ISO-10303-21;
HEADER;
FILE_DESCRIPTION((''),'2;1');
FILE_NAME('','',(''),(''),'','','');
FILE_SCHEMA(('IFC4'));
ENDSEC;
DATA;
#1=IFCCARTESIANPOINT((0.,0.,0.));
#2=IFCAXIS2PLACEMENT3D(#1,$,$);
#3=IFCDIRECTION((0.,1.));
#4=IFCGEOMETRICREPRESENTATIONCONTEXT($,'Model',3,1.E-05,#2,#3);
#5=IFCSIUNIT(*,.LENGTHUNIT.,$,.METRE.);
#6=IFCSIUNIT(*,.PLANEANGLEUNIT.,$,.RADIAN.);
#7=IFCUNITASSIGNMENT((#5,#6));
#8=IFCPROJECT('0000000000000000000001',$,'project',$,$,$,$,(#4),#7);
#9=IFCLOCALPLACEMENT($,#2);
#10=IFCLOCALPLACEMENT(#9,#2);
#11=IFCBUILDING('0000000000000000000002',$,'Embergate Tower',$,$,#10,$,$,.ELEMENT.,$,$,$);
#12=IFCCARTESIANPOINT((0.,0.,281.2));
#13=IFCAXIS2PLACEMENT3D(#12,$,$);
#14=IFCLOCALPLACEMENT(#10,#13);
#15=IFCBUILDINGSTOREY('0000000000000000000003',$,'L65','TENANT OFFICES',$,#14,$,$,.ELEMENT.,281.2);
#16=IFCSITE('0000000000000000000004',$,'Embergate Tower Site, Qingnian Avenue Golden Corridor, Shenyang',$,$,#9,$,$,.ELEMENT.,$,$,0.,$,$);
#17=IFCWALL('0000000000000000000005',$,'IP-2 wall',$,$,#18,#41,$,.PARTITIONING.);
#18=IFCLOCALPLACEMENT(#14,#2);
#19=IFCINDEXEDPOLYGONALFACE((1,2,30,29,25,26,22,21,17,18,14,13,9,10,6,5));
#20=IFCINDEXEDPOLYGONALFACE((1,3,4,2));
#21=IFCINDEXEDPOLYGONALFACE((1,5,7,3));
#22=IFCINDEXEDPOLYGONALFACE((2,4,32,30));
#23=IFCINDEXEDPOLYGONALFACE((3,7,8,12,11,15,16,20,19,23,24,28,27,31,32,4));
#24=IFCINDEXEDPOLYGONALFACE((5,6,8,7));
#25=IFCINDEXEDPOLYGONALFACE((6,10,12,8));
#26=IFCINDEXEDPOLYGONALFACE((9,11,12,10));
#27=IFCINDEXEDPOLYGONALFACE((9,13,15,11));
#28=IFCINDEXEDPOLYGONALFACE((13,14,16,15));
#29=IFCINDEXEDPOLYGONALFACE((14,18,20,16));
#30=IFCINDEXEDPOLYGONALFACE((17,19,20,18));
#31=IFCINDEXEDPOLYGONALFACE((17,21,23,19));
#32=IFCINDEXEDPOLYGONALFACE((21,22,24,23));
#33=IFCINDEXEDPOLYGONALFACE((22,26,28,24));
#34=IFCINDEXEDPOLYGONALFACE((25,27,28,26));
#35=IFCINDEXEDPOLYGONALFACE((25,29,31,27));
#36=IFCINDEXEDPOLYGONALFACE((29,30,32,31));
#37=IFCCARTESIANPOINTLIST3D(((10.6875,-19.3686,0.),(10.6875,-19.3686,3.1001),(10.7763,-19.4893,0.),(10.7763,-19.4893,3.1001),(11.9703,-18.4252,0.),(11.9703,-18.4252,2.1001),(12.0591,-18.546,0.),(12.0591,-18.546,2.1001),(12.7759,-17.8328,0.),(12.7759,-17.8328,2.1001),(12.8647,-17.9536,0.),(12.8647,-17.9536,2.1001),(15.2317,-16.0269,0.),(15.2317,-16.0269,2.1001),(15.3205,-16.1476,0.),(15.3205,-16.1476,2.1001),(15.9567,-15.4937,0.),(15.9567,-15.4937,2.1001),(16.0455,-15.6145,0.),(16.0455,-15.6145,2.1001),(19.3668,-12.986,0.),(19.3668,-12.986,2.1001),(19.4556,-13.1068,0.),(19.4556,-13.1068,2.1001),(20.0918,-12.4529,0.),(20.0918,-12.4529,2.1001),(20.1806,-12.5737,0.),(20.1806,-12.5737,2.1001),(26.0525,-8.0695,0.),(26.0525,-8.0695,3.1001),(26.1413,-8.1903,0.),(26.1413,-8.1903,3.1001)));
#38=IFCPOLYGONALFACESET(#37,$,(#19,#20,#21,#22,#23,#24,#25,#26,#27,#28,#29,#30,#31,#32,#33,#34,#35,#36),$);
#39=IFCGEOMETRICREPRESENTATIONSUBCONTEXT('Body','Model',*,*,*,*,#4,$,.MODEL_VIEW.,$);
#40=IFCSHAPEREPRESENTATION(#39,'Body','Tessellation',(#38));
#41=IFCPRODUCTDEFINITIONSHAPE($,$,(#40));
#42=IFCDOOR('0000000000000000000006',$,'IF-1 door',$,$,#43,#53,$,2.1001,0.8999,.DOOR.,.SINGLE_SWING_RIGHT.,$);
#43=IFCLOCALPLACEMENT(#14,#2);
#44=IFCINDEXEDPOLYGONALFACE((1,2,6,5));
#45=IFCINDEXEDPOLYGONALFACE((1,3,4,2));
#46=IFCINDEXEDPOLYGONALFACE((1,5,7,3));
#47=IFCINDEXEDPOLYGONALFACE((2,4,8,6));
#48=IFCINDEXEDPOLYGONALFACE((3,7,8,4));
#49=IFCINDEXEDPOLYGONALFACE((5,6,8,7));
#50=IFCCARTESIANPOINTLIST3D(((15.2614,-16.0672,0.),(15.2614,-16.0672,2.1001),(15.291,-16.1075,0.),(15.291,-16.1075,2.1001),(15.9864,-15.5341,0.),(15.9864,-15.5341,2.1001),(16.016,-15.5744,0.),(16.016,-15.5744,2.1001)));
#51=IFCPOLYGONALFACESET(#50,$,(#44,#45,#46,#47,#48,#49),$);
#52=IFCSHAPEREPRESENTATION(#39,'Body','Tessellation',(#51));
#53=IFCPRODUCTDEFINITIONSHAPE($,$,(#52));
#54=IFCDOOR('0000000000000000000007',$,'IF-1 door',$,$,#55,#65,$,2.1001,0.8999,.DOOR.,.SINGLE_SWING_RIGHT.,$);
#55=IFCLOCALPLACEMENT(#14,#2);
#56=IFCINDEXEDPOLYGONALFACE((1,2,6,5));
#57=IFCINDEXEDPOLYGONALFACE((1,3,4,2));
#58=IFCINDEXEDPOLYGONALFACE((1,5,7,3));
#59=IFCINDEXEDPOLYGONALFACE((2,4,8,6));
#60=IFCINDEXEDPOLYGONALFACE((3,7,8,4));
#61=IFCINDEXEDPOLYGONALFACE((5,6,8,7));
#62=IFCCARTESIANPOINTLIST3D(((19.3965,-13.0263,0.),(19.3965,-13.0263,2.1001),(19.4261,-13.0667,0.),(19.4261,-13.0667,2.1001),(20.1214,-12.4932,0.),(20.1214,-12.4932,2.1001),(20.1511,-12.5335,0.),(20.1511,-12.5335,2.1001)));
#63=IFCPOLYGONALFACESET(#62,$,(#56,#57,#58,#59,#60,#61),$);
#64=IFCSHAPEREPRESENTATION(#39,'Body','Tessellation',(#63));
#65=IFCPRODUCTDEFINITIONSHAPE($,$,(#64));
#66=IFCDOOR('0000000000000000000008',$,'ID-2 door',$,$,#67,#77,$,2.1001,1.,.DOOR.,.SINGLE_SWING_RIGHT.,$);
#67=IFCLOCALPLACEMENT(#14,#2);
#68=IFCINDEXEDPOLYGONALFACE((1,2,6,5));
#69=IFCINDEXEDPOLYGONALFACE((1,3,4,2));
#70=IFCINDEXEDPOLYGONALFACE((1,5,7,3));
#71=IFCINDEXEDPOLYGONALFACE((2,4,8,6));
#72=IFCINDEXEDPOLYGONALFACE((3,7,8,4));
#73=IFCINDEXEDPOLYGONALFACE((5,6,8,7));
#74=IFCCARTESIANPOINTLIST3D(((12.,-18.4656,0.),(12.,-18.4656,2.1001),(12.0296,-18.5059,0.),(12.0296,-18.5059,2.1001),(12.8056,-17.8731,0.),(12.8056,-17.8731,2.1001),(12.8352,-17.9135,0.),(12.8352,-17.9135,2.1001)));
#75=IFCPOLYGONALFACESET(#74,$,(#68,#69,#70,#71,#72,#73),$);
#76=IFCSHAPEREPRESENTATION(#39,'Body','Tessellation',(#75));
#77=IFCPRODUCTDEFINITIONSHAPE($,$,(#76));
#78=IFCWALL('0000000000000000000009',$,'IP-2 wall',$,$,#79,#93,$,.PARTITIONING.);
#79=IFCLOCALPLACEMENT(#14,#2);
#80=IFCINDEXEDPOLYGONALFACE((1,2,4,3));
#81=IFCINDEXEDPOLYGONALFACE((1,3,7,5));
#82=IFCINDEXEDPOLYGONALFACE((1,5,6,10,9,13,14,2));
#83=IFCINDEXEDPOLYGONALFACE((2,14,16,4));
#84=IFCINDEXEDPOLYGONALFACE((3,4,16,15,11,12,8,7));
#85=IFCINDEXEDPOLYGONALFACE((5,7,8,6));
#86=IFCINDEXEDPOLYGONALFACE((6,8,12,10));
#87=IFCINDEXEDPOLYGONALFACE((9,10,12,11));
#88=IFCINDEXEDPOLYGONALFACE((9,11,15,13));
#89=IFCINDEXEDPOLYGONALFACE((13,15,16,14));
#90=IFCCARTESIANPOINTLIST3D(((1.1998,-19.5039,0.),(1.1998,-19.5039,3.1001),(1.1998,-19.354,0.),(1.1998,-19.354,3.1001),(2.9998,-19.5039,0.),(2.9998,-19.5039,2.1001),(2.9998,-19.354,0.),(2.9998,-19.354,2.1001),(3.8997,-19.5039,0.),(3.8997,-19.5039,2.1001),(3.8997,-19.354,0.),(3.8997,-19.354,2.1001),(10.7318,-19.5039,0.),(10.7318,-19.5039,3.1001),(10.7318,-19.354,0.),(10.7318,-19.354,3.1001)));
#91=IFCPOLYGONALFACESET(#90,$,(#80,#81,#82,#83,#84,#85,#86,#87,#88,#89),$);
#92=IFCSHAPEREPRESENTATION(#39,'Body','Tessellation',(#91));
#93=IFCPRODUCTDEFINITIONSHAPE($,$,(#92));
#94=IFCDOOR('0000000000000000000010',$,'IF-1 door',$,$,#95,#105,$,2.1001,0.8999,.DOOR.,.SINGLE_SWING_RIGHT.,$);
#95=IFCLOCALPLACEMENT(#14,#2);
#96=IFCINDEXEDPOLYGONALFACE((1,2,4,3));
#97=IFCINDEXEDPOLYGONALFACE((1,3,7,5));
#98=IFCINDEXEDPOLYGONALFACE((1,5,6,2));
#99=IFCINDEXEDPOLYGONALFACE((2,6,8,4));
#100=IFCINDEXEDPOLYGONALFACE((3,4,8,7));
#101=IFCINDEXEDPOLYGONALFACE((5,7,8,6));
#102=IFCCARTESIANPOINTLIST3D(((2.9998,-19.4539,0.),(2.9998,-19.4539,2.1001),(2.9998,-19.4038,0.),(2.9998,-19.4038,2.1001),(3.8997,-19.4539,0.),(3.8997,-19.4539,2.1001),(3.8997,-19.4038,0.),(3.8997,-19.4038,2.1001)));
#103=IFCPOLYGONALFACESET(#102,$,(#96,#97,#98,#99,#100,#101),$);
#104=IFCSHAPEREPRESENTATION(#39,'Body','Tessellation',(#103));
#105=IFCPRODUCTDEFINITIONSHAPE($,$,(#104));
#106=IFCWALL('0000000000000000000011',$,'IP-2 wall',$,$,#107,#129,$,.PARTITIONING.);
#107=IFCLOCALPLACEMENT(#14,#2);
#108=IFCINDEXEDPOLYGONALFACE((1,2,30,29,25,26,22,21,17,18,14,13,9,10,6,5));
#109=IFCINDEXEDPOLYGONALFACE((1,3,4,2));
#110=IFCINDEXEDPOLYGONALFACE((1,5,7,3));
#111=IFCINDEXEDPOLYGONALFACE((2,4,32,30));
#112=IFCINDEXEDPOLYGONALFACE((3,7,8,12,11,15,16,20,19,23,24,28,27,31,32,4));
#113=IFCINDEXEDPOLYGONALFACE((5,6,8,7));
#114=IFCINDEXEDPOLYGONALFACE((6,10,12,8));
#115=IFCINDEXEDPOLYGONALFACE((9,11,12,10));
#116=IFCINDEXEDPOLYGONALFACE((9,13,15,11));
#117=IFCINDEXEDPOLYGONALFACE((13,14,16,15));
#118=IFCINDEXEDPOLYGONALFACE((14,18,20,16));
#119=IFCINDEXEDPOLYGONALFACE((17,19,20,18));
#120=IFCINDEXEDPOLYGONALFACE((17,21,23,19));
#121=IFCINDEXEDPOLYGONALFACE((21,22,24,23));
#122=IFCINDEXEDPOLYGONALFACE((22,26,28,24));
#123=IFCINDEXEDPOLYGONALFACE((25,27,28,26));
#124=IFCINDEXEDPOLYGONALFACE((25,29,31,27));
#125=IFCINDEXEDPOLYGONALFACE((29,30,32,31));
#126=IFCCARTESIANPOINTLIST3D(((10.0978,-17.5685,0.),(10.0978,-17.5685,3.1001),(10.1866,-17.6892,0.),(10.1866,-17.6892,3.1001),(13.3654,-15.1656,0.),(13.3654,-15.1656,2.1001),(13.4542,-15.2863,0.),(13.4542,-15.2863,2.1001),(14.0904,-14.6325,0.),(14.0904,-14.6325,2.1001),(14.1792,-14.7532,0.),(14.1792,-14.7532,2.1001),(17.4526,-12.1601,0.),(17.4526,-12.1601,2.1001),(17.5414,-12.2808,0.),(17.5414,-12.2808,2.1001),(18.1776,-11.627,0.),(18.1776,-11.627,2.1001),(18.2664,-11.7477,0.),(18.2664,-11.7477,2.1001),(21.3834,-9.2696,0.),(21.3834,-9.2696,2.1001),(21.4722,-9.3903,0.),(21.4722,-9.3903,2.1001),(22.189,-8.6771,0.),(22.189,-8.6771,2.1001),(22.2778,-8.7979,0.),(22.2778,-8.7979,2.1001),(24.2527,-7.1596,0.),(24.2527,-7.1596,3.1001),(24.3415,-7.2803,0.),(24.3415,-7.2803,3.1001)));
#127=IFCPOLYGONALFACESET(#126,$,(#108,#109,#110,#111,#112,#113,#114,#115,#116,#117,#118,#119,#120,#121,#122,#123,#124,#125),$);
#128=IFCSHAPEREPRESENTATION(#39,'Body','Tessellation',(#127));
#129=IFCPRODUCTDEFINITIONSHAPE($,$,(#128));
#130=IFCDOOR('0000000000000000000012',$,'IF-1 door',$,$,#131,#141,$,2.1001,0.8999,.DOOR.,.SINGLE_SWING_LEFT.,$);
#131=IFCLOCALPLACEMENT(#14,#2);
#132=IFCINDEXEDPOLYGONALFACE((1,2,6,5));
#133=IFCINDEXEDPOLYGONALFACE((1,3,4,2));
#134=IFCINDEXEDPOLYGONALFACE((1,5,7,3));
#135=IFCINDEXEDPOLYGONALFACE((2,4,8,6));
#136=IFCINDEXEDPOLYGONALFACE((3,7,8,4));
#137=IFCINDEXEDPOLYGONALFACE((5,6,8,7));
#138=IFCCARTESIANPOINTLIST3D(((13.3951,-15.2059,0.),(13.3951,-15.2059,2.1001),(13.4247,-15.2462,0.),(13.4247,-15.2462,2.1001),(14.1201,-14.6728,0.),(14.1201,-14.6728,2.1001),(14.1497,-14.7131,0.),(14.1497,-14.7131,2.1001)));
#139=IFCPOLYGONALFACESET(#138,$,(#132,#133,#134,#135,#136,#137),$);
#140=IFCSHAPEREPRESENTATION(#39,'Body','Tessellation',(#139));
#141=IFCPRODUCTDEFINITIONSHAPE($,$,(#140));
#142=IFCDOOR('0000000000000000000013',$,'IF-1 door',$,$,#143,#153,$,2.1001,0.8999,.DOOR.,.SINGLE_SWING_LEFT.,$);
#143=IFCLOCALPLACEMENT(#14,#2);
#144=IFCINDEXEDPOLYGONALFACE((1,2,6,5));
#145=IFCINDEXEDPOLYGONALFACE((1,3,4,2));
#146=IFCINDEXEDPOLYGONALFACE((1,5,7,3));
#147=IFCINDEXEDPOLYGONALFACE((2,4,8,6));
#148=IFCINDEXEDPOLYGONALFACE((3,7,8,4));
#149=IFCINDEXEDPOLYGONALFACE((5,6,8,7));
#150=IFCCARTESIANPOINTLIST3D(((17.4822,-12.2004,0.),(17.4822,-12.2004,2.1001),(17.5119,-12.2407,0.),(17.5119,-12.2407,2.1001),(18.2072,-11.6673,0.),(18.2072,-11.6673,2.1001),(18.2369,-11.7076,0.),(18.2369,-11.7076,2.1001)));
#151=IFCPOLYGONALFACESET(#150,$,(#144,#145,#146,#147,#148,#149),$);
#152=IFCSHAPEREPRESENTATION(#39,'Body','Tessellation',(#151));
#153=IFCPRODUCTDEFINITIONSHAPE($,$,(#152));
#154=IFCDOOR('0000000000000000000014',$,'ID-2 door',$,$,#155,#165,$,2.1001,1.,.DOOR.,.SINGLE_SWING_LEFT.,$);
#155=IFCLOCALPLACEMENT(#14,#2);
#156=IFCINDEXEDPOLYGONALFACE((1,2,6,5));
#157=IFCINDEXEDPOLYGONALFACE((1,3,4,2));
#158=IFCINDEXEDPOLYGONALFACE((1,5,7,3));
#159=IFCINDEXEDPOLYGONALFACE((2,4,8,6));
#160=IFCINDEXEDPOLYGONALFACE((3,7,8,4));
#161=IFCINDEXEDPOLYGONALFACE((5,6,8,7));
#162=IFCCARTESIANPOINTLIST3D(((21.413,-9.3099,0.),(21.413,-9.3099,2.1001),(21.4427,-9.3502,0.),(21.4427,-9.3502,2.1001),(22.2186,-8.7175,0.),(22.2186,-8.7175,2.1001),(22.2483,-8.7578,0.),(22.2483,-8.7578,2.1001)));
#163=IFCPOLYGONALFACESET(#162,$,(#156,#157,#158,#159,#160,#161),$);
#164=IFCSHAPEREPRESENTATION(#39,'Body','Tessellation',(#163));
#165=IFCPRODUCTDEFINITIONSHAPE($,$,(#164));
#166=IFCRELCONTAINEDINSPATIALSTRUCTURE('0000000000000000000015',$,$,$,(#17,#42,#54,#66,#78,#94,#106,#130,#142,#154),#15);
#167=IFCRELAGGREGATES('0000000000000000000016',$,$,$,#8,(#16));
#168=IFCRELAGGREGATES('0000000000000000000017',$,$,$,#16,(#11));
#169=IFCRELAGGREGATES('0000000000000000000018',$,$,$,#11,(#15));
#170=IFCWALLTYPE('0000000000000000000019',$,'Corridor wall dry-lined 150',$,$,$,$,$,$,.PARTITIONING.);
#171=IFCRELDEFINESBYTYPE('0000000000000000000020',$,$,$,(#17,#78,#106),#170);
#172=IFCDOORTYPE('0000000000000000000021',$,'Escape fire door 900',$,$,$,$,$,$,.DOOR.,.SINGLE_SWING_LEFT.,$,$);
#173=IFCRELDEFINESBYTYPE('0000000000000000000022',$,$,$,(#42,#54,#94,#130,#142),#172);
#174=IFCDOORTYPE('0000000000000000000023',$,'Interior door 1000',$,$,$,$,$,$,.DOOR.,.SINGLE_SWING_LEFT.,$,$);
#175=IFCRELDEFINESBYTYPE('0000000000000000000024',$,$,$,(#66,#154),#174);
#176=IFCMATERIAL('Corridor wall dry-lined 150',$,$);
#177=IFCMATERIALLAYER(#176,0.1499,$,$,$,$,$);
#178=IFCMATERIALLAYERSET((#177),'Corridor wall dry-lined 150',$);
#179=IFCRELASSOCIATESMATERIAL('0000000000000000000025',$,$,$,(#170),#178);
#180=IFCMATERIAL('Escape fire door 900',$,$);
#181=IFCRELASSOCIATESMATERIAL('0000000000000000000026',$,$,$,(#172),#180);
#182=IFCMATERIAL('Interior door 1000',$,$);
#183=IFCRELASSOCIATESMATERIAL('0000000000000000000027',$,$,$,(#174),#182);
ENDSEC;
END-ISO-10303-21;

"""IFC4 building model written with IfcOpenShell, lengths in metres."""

from ifc_helpers import new_model, si_unit, direction, frame, frame_2d, origin, place, context, subcontext, project, spatial, rectangle, extrude, source, transform, mapped, material, layer, layer_set, type_object, element, fill, save


model = new_model("IFC4")

# Units and contexts
model_context = context("Model", 3, precision=1e-05, world=origin(), true_north=direction((0.0, 1.0)))
body_context = subcontext(model_context, "Body", "Model", "MODEL_VIEW")
ifc_project = project(units=[si_unit("LENGTHUNIT", "METRE"), si_unit("PLANEANGLEUNIT", "RADIAN")], contexts=[model_context])

# Site, building, storey
site_placement = place(None, origin())
site = spatial("IfcSite", under=ifc_project, at=site_placement, Name="Embergate Tower Site, Qingnian Avenue Golden Corridor, Shenyang", CompositionType="ELEMENT", RefElevation=0.0)
building_placement = place(site_placement, origin())
building = spatial("IfcBuilding", under=site, at=building_placement, Name="Embergate Tower", CompositionType="ELEMENT")
storey_placement = place(building_placement, frame((0.0, 0.0, 281.2)))
storey = spatial("IfcBuildingStorey", under=building, at=storey_placement, Name="L65", Description="TENANT OFFICES", CompositionType="ELEMENT", Elevation=281.2)

# Shared definitions
ifc_material_1 = material(Name="Corridor wall dry-lined 150")
ifc_layer_1 = layer(ifc_material_1, 0.1499)
ifc_layer_set_1 = layer_set([ifc_layer_1], Name="Corridor wall dry-lined 150")
wall_type_1 = type_object("IfcWallType", Name="Corridor wall dry-lined 150", PredefinedType="PARTITIONING", material=ifc_layer_set_1)

# Wall, openings, doors
shared_shape_1 = source(origin(), body_context, "Body", "SweptSolid", [
    extrude(rectangle(XDim=19.0723, YDim=0.1499, at=frame_2d((9.5361, 0.0))), origin(), (0.0, 0.0, 1.0), 3.1001),
])
wall_1_placement = place(storey_placement, frame((10.7319, -19.429, 0.0), z_axis=(0.0, 0.0, 1.0), x_axis=(0.805619, 0.592434, 0.0)))
wall_1 = element("IfcWall", 1, at=wall_1_placement, inside=storey, type_object=wall_type_1, Name="IP-2 wall", PredefinedType="PARTITIONING", context=body_context, shape_type="MappedRepresentation", body=[
    mapped(shared_shape_1, transform((0.0, 0.0, 0.0))),
])
shared_shape_2 = source(origin(), body_context, "Body", "SweptSolid", [
    extrude(rectangle(XDim=1.0, YDim=2.1001, at=frame_2d((0.5, 1.05))), frame((0.0, 0.085, 0.0), z_axis=(0.0, -1.0, 0.0), x_axis=(1.0, 0.0, 0.0)), (0.0, 0.0, 1.0), 0.1699),
])
opening_1_placement = place(wall_1_placement, frame((1.5923, 0.0, 0.0)))
opening_1 = element("IfcOpeningElement", 2, at=opening_1_placement, cuts=wall_1, PredefinedType="OPENING", context=body_context, shape_type="MappedRepresentation", body=[
    mapped(shared_shape_2, transform((0.0, 0.0, 0.0))),
])
shared_shape_3 = source(origin(), body_context, "Body", "SweptSolid", [
    extrude(rectangle(XDim=0.8999, YDim=2.1001, at=frame_2d((0.45, 1.05))), frame((0.0, 0.085, 0.0), z_axis=(0.0, -1.0, 0.0), x_axis=(1.0, 0.0, 0.0)), (0.0, 0.0, 1.0), 0.1699),
])
opening_2_placement = place(wall_1_placement, frame((5.6406, 0.0, 0.0)))
opening_2 = element("IfcOpeningElement", 3, at=opening_2_placement, cuts=wall_1, PredefinedType="OPENING", context=body_context, shape_type="MappedRepresentation", body=[
    mapped(shared_shape_3, transform((0.0, 0.0, 0.0))),
])
opening_3_placement = place(wall_1_placement, frame((10.7734, 0.0, 0.0)))
opening_3 = element("IfcOpeningElement", 4, at=opening_3_placement, cuts=wall_1, PredefinedType="OPENING", context=body_context, shape_type="MappedRepresentation", body=[
    mapped(shared_shape_3, transform((0.0, 0.0, 0.0))),
])
ifc_material_2 = material(Name="Escape fire door 900")
door_type_1 = type_object("IfcDoorType", Name="Escape fire door 900", OperationType="SINGLE_SWING_LEFT", PredefinedType="DOOR", material=ifc_material_2)
shared_shape_4 = source(origin(), body_context, "Body", "SweptSolid", [
    extrude(rectangle(XDim=0.8999, YDim=2.1001, at=frame_2d((0.45, 1.05))), frame((0.0, 0.0249, 0.0), z_axis=(0.0, -1.0, 0.0), x_axis=(1.0, 0.0, 0.0)), (0.0, 0.0, 1.0), 0.05),
])
door_1_placement = place(opening_2_placement, origin())
door_1 = element("IfcDoor", 5, at=door_1_placement, inside=storey, type_object=door_type_1, Name="IF-1 door", OperationType="SINGLE_SWING_RIGHT", OverallHeight=2.1001, OverallWidth=0.8999, PredefinedType="DOOR", context=body_context, shape_type="MappedRepresentation", body=[
    mapped(shared_shape_4, transform((0.0, 0.0, 0.0))),
])
fill(opening_2, door_1)
door_2_placement = place(opening_3_placement, origin())
door_2 = element("IfcDoor", 6, at=door_2_placement, inside=storey, type_object=door_type_1, Name="IF-1 door", OperationType="SINGLE_SWING_RIGHT", OverallHeight=2.1001, OverallWidth=0.8999, PredefinedType="DOOR", context=body_context, shape_type="MappedRepresentation", body=[
    mapped(shared_shape_4, transform((0.0, 0.0, 0.0))),
])
fill(opening_3, door_2)
ifc_material_3 = material(Name="Interior door 1000")
door_type_2 = type_object("IfcDoorType", Name="Interior door 1000", OperationType="SINGLE_SWING_LEFT", PredefinedType="DOOR", material=ifc_material_3)
shared_shape_5 = source(origin(), body_context, "Body", "SweptSolid", [
    extrude(rectangle(XDim=1.0, YDim=2.1001, at=frame_2d((0.5, 1.05))), frame((0.0, 0.0249, 0.0), z_axis=(0.0, -1.0, 0.0), x_axis=(1.0, 0.0, 0.0)), (0.0, 0.0, 1.0), 0.05),
])
door_3_placement = place(opening_1_placement, origin())
door_3 = element("IfcDoor", 7, at=door_3_placement, inside=storey, type_object=door_type_2, Name="ID-2 door", OperationType="SINGLE_SWING_RIGHT", OverallHeight=2.1001, OverallWidth=1.0, PredefinedType="DOOR", context=body_context, shape_type="MappedRepresentation", body=[
    mapped(shared_shape_5, transform((0.0, 0.0, 0.0))),
])
fill(opening_1, door_3)

# Wall, opening, door
shared_shape_6 = source(origin(), body_context, "Body", "SweptSolid", [
    extrude(rectangle(XDim=9.532, YDim=0.1499, at=frame_2d((4.7661, 0.0))), origin(), (0.0, 0.0, 1.0), 3.1001),
])
wall_2_placement = place(storey_placement, frame((10.7319, -19.429, 0.0), z_axis=(0.0, 0.0, 1.0), x_axis=(-1.0, 0.0, 0.0)))
wall_2 = element("IfcWall", 8, at=wall_2_placement, inside=storey, type_object=wall_type_1, Name="IP-2 wall", PredefinedType="PARTITIONING", context=body_context, shape_type="MappedRepresentation", body=[
    mapped(shared_shape_6, transform((0.0, 0.0, 0.0))),
])
opening_4_placement = place(wall_2_placement, frame((6.8323, 0.0, 0.0)))
opening_4 = element("IfcOpeningElement", 9, at=opening_4_placement, cuts=wall_2, PredefinedType="OPENING", context=body_context, shape_type="MappedRepresentation", body=[
    mapped(shared_shape_3, transform((0.0, 0.0, 0.0))),
])
door_4_placement = place(opening_4_placement, origin())
door_4 = element("IfcDoor", 10, at=door_4_placement, inside=storey, type_object=door_type_1, Name="IF-1 door", OperationType="SINGLE_SWING_RIGHT", OverallHeight=2.1001, OverallWidth=0.8999, PredefinedType="DOOR", context=body_context, shape_type="MappedRepresentation", body=[
    mapped(shared_shape_4, transform((0.0, 0.0, 0.0))),
])
fill(opening_4, door_4)

# Wall, openings, doors
shared_shape_7 = source(origin(), body_context, "Body", "SweptSolid", [
    extrude(rectangle(XDim=17.5701, YDim=0.1499, at=frame_2d((8.7852, 0.0))), origin(), (0.0, 0.0, 1.0), 3.1001),
])
wall_3_placement = place(storey_placement, frame((10.1421, -17.6289, 0.0), z_axis=(0.0, 0.0, 1.0), x_axis=(0.805629, 0.592421, 0.0)))
wall_3 = element("IfcWall", 11, at=wall_3_placement, inside=storey, type_object=wall_type_1, Name="IP-2 wall", PredefinedType="PARTITIONING", context=body_context, shape_type="MappedRepresentation", body=[
    mapped(shared_shape_7, transform((0.0, 0.0, 0.0))),
])
opening_5_placement = place(wall_3_placement, frame((4.0562, 0.0, 0.0)))
opening_5 = element("IfcOpeningElement", 12, at=opening_5_placement, cuts=wall_3, PredefinedType="OPENING", context=body_context, shape_type="MappedRepresentation", body=[
    mapped(shared_shape_3, transform((0.0, 0.0, 0.0))),
])
opening_6_placement = place(wall_3_placement, frame((9.1294, 0.0, 0.0)))
opening_6 = element("IfcOpeningElement", 13, at=opening_6_placement, cuts=wall_3, PredefinedType="OPENING", context=body_context, shape_type="MappedRepresentation", body=[
    mapped(shared_shape_3, transform((0.0, 0.0, 0.0))),
])
opening_7_placement = place(wall_3_placement, frame((14.0085, 0.0, 0.0)))
opening_7 = element("IfcOpeningElement", 14, at=opening_7_placement, cuts=wall_3, PredefinedType="OPENING", context=body_context, shape_type="MappedRepresentation", body=[
    mapped(shared_shape_2, transform((0.0, 0.0, 0.0))),
])
door_5_placement = place(opening_5_placement, origin())
door_5 = element("IfcDoor", 15, at=door_5_placement, inside=storey, type_object=door_type_1, Name="IF-1 door", OperationType="SINGLE_SWING_LEFT", OverallHeight=2.1001, OverallWidth=0.8999, PredefinedType="DOOR", context=body_context, shape_type="MappedRepresentation", body=[
    mapped(shared_shape_4, transform((0.0, 0.0, 0.0))),
])
fill(opening_5, door_5)
door_6_placement = place(opening_6_placement, origin())
door_6 = element("IfcDoor", 16, at=door_6_placement, inside=storey, type_object=door_type_1, Name="IF-1 door", OperationType="SINGLE_SWING_LEFT", OverallHeight=2.1001, OverallWidth=0.8999, PredefinedType="DOOR", context=body_context, shape_type="MappedRepresentation", body=[
    mapped(shared_shape_4, transform((0.0, 0.0, 0.0))),
])
fill(opening_6, door_6)
door_7_placement = place(opening_7_placement, origin())
door_7 = element("IfcDoor", 17, at=door_7_placement, inside=storey, type_object=door_type_2, Name="ID-2 door", OperationType="SINGLE_SWING_LEFT", OverallHeight=2.1001, OverallWidth=1.0, PredefinedType="DOOR", context=body_context, shape_type="MappedRepresentation", body=[
    mapped(shared_shape_5, transform((0.0, 0.0, 0.0))),
])
fill(opening_7, door_7)

save(model, "model.ifc")
